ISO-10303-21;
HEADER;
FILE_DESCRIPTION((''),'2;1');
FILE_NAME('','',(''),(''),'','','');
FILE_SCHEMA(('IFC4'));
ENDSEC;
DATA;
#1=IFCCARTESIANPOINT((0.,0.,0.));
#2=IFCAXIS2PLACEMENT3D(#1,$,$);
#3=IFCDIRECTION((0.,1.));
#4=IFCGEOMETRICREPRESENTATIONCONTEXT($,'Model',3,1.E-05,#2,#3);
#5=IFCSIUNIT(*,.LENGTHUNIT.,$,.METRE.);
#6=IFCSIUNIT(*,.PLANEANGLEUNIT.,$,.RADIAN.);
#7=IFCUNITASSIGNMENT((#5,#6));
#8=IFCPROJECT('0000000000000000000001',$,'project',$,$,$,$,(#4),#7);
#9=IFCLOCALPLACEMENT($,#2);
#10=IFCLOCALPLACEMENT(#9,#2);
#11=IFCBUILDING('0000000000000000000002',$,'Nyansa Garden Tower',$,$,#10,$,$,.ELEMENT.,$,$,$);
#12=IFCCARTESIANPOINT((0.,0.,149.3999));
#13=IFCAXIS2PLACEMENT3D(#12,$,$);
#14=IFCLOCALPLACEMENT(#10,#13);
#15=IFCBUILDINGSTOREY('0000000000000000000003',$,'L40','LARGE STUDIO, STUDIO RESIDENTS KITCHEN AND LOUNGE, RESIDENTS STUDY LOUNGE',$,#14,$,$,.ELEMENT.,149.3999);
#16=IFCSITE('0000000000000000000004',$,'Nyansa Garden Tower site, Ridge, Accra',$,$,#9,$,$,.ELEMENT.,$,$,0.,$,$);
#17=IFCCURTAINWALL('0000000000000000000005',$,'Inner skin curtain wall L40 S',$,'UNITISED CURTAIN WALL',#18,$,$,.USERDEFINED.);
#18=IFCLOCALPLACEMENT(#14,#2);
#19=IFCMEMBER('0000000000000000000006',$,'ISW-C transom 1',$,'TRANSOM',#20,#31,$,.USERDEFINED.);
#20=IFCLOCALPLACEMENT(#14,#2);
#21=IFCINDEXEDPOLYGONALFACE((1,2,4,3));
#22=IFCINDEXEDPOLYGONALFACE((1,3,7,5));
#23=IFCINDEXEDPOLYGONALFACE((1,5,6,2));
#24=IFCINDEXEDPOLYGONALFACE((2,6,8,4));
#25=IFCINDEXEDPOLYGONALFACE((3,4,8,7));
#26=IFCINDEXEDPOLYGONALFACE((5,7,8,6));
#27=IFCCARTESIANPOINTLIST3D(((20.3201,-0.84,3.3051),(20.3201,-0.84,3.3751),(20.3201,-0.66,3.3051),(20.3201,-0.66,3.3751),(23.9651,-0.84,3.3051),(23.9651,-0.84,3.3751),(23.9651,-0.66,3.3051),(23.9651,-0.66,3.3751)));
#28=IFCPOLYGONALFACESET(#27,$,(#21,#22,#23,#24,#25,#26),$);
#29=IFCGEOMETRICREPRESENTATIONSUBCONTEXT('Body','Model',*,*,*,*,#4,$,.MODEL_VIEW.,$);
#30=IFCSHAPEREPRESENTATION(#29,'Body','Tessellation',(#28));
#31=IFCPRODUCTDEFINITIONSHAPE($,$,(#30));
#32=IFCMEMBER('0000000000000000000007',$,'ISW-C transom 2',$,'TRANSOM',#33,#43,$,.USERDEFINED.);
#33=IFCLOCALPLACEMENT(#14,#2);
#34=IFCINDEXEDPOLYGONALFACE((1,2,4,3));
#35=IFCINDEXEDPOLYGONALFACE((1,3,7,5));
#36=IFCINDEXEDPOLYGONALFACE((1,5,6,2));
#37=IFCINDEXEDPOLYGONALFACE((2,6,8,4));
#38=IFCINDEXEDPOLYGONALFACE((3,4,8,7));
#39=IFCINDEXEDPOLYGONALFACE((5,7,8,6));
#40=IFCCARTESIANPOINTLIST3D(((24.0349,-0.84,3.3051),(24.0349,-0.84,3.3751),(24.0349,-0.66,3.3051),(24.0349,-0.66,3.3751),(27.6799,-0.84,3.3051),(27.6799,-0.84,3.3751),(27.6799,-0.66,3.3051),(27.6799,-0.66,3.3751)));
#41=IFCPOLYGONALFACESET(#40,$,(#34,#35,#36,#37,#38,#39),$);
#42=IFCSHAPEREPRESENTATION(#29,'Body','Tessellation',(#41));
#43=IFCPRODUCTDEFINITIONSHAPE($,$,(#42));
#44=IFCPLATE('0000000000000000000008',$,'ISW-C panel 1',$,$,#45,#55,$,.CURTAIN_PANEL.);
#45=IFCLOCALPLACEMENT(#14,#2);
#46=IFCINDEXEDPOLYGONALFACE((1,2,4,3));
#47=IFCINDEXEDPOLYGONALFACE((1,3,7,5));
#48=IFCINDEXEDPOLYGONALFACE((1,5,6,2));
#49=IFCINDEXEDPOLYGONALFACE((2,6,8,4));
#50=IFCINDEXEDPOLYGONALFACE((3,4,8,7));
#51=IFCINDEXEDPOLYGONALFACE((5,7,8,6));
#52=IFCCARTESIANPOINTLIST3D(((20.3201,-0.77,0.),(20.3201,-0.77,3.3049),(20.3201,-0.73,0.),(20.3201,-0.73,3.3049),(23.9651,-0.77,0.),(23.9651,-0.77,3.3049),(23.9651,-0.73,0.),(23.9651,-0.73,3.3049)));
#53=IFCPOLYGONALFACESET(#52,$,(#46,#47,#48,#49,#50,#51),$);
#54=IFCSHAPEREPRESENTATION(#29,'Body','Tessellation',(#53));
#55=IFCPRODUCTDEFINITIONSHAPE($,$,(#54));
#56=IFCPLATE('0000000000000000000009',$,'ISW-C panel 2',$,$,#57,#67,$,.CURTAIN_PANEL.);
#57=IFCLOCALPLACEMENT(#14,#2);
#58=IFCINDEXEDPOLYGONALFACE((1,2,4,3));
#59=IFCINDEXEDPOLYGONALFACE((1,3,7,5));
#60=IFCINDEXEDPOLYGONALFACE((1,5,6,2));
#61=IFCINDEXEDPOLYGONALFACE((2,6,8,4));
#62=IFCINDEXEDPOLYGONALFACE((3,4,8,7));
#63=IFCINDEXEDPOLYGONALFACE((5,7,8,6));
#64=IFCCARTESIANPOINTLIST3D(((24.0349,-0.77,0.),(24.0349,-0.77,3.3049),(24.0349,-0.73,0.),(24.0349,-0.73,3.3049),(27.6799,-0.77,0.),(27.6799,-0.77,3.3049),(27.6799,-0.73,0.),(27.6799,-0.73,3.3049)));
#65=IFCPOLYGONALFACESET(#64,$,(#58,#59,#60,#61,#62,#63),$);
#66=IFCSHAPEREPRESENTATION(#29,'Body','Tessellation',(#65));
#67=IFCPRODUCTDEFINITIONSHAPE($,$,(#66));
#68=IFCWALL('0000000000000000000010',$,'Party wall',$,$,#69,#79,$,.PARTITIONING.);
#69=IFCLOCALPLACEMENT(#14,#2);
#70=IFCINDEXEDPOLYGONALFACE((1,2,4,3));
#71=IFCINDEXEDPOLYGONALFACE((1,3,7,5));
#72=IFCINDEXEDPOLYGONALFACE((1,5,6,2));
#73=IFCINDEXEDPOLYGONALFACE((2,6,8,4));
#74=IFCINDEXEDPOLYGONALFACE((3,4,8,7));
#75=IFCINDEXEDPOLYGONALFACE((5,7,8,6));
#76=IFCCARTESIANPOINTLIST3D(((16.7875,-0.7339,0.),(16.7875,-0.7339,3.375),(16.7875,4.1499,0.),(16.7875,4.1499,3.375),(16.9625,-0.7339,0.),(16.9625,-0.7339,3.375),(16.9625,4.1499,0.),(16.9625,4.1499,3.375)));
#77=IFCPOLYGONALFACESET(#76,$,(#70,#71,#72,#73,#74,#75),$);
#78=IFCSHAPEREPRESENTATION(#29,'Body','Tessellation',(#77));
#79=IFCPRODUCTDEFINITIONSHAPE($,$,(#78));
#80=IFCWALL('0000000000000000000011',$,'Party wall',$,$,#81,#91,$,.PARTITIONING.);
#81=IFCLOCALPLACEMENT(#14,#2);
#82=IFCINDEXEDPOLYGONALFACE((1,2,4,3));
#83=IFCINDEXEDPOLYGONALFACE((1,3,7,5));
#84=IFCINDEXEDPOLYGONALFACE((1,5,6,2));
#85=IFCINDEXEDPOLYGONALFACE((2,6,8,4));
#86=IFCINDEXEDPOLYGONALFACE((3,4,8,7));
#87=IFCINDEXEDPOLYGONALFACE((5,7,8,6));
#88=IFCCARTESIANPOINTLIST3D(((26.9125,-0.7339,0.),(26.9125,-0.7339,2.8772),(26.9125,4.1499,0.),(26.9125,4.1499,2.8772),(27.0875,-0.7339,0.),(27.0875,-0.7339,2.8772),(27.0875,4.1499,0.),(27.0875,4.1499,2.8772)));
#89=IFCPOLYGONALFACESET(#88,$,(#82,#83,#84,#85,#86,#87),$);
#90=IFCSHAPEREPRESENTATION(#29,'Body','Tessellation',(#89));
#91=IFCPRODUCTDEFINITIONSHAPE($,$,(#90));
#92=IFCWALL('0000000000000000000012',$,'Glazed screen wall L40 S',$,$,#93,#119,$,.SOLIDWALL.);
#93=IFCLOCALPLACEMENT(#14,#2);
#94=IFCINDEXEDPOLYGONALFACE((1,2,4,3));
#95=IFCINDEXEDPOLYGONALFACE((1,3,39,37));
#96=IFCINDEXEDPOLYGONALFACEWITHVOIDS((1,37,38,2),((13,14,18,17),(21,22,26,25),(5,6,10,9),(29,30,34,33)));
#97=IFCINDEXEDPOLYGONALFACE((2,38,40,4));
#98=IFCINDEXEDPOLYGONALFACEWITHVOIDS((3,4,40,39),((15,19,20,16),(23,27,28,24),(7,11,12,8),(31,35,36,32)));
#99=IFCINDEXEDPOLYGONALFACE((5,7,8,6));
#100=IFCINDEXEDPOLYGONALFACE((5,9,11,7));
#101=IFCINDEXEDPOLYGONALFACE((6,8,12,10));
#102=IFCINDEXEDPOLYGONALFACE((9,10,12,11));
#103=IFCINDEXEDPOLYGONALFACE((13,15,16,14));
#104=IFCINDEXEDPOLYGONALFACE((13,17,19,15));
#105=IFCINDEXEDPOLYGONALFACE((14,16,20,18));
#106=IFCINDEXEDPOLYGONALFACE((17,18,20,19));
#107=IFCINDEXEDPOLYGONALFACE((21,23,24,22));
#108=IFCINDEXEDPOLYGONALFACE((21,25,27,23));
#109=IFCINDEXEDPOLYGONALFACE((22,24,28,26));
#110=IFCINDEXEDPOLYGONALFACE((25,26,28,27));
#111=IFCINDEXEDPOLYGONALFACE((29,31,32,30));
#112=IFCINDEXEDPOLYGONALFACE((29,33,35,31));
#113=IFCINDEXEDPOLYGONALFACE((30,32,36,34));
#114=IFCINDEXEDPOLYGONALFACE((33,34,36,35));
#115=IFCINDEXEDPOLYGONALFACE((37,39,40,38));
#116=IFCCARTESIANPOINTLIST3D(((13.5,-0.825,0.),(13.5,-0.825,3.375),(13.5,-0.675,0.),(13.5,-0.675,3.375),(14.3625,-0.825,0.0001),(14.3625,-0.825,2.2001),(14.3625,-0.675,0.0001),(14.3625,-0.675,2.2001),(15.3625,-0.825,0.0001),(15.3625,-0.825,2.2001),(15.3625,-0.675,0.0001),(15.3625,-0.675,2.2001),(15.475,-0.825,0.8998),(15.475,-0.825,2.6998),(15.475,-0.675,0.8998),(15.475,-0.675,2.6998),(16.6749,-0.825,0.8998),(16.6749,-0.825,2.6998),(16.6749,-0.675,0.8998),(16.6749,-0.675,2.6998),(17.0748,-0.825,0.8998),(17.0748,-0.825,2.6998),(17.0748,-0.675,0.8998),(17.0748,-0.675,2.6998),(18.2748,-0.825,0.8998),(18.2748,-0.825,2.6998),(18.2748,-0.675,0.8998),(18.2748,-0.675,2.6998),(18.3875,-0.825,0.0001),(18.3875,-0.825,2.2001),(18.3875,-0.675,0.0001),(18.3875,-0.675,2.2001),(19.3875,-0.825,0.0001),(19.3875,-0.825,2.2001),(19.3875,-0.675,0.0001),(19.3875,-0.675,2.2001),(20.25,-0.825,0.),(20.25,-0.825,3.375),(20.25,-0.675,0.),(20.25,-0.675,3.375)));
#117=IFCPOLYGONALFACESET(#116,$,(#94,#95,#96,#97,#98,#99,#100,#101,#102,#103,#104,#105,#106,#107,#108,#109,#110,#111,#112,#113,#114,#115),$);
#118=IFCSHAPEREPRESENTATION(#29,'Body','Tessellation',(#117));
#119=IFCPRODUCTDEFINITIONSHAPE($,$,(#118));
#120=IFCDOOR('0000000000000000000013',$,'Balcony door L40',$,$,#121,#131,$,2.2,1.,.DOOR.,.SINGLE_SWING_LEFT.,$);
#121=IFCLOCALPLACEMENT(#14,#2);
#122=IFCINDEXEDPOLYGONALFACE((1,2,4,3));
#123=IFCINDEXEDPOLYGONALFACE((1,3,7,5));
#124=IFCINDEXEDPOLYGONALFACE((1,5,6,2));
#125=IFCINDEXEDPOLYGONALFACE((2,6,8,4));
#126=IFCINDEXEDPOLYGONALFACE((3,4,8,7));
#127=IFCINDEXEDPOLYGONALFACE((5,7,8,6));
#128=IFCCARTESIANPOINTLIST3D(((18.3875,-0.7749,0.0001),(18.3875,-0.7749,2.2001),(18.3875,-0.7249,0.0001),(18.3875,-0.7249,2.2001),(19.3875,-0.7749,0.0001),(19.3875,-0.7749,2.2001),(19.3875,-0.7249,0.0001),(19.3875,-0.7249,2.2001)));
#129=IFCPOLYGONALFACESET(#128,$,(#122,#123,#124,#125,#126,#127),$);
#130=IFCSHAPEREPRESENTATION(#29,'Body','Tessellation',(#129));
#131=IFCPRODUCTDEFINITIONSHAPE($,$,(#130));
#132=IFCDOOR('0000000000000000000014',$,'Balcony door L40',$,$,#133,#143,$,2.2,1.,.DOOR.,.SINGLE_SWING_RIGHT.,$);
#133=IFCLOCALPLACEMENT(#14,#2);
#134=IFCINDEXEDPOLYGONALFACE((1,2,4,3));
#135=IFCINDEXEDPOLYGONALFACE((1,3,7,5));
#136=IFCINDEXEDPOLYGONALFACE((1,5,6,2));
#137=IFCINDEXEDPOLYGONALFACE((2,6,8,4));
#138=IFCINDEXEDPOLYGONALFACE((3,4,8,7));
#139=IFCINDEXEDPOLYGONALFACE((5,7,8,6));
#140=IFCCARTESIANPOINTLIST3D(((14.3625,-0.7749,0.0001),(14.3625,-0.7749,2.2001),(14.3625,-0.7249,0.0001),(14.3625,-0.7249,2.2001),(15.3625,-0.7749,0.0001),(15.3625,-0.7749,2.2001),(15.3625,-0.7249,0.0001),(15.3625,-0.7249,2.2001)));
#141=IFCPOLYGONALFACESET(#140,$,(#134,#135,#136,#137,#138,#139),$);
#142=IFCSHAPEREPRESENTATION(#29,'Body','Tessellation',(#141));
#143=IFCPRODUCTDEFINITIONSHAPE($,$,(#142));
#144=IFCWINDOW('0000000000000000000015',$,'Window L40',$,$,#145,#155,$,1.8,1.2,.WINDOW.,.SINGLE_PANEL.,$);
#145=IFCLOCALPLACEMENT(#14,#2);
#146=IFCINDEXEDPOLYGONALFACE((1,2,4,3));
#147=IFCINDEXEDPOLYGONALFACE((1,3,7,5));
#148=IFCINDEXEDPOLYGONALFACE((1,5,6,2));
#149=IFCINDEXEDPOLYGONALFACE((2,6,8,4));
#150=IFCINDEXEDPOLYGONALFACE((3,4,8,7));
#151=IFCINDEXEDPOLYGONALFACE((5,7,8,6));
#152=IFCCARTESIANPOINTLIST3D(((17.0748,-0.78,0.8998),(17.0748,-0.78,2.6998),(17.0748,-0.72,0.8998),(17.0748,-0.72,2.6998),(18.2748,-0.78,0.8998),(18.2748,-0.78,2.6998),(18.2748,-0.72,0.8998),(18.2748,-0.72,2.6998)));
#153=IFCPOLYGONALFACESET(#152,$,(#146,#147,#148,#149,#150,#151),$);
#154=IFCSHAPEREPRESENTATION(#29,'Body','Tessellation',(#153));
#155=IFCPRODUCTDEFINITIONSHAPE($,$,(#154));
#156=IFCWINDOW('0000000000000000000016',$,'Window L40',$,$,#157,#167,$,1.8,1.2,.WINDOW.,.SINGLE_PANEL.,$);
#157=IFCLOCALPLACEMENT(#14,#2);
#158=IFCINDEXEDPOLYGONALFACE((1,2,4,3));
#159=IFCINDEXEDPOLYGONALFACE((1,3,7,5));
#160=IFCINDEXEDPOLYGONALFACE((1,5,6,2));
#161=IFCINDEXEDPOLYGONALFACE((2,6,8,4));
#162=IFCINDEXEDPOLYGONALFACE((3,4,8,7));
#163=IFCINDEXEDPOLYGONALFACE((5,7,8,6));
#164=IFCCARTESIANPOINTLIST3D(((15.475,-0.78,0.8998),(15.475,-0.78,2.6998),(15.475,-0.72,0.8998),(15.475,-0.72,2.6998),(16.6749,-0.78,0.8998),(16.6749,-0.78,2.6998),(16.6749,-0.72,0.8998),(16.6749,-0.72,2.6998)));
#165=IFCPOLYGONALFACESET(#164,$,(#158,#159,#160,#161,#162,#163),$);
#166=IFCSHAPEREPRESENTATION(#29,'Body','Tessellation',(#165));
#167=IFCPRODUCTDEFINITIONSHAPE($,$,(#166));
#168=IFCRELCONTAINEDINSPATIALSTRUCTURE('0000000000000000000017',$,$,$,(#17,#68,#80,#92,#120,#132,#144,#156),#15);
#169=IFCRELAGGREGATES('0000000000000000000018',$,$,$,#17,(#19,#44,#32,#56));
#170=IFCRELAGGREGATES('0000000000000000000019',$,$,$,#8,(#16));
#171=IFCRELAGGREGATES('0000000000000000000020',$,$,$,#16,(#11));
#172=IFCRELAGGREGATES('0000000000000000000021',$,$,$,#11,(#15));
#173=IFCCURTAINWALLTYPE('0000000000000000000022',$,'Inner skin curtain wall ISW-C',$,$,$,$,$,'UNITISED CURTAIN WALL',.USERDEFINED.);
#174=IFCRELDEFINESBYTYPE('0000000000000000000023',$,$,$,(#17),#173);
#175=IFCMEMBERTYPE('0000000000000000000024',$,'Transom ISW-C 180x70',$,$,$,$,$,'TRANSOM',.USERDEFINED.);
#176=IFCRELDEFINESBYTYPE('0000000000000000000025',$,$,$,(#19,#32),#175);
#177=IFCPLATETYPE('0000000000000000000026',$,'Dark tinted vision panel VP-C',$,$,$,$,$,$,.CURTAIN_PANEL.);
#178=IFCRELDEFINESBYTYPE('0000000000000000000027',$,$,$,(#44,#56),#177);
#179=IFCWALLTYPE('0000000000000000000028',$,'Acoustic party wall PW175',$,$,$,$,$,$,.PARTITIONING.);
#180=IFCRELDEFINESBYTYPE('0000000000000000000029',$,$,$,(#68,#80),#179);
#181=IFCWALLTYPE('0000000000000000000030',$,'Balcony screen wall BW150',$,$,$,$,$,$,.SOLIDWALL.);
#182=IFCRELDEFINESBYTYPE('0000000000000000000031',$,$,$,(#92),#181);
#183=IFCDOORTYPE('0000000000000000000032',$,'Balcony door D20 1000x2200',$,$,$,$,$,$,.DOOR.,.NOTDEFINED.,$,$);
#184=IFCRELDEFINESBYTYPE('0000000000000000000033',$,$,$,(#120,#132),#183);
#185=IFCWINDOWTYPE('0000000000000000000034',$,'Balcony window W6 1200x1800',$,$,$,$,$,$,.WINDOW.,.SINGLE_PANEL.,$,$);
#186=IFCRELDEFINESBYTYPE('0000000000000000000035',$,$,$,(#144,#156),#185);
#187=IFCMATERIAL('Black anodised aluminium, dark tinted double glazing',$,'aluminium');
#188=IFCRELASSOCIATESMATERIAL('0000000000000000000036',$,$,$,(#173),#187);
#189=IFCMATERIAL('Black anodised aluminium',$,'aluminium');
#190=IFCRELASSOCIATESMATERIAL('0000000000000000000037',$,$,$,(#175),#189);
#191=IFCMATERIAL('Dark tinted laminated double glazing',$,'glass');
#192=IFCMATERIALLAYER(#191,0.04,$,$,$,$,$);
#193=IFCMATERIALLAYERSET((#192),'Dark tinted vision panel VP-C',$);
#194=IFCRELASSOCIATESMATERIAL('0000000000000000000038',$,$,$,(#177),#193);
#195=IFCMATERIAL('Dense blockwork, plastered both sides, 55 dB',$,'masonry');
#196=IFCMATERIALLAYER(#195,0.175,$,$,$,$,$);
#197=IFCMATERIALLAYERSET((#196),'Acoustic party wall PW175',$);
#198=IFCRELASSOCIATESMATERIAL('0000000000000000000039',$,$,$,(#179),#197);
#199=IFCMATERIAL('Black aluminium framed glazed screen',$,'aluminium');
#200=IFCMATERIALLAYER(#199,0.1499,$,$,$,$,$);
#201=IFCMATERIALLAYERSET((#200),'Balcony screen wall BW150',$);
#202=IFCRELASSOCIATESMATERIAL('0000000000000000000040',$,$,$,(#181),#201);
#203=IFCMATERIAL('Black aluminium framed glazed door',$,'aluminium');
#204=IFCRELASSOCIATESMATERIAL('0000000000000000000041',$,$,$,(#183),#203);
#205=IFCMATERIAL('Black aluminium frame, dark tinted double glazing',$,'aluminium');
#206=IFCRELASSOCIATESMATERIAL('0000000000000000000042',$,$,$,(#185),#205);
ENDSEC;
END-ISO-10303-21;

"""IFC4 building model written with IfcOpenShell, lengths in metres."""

from ifc_helpers import new_model, si_unit, direction, frame, frame_2d, origin, origin_2d, place, context, subcontext, project, spatial, rectangle, extrude, material, layer, layer_set, material_profile, profile_set, type_object, element, fill, aggregate, save


model = new_model("IFC4")

# Units and contexts
model_context = context("Model", 3, precision=1e-05, world=origin(), true_north=direction((0.0, 1.0)))
body_context = subcontext(model_context, "Body", "Model", "MODEL_VIEW")
ifc_project = project(units=[si_unit("LENGTHUNIT", "METRE"), si_unit("PLANEANGLEUNIT", "RADIAN")], contexts=[model_context])

# Site, building, storey
site_placement = place(None, origin())
site = spatial("IfcSite", under=ifc_project, at=site_placement, Name="Nyansa Garden Tower site, Ridge, Accra", CompositionType="ELEMENT", RefElevation=0.0)
building_placement = place(site_placement, origin())
building = spatial("IfcBuilding", under=site, at=building_placement, Name="Nyansa Garden Tower", CompositionType="ELEMENT")
storey_placement = place(building_placement, frame((0.0, 0.0, 149.3999)))
storey = spatial("IfcBuildingStorey", under=building, at=storey_placement, Name="L40", Description="LARGE STUDIO, STUDIO RESIDENTS KITCHEN AND LOUNGE, RESIDENTS STUDY LOUNGE", CompositionType="ELEMENT", Elevation=149.3999)

# Curtain wall
ifc_material_1 = material(Name="Black anodised aluminium, dark tinted double glazing", Category="aluminium")
curtain_wall_type = type_object("IfcCurtainWallType", Name="Inner skin curtain wall ISW-C", ElementType="UNITISED CURTAIN WALL", PredefinedType="USERDEFINED", material=ifc_material_1)
curtain_wall_placement = place(storey_placement, origin())
curtain_wall = element("IfcCurtainWall", 1, at=curtain_wall_placement, inside=storey, type_object=curtain_wall_type, Name="Inner skin curtain wall L40 S", ObjectType="UNITISED CURTAIN WALL", PredefinedType="USERDEFINED")

# Members
ifc_material_2 = material(Name="Black anodised aluminium", Category="aluminium")
ifc_material_profile_1 = material_profile(ifc_material_2, rectangle(XDim=0.1799, YDim=0.0701, at=origin_2d()), Name="Transom 180x70")
ifc_profile_set_1 = profile_set([ifc_material_profile_1], Name="Black anodised aluminium")
member_type_1 = type_object("IfcMemberType", Name="Transom ISW-C 180x70", ElementType="TRANSOM", PredefinedType="USERDEFINED", material=ifc_profile_set_1)
member_1_placement = place(storey_placement, frame((20.3201, -0.75, 3.3401), z_axis=(1.0, 0.0, 0.0), x_axis=(0.0, 1.0, 0.0)))
member_1 = element("IfcMember", 2, at=member_1_placement, type_object=member_type_1, Name="ISW-C transom 1", ObjectType="TRANSOM", PredefinedType="USERDEFINED", context=body_context, shape_type="SweptSolid", body=[
    extrude(rectangle(XDim=0.1799, YDim=0.0701, at=origin_2d()), origin(), (0.0, 0.0, 1.0), 3.645),
])
member_2_placement = place(storey_placement, frame((24.0349, -0.75, 3.3401), z_axis=(1.0, 0.0, 0.0), x_axis=(0.0, 1.0, 0.0)))
member_2 = element("IfcMember", 3, at=member_2_placement, type_object=member_type_1, Name="ISW-C transom 2", ObjectType="TRANSOM", PredefinedType="USERDEFINED", context=body_context, shape_type="SweptSolid", body=[
    extrude(rectangle(XDim=0.1799, YDim=0.0701, at=origin_2d()), origin(), (0.0, 0.0, 1.0), 3.645),
])

# Plates
ifc_material_3 = material(Name="Dark tinted laminated double glazing", Category="glass")
ifc_layer_1 = layer(ifc_material_3, 0.04)
ifc_layer_set_1 = layer_set([ifc_layer_1], Name="Dark tinted vision panel VP-C")
plate_type = type_object("IfcPlateType", Name="Dark tinted vision panel VP-C", PredefinedType="CURTAIN_PANEL", material=ifc_layer_set_1)
plate_1_placement = place(storey_placement, frame((22.1426, -0.75, 0.0), z_axis=(0.0, 0.0, 1.0), x_axis=(1.0, 0.0, 0.0)))
plate_1 = element("IfcPlate", 4, at=plate_1_placement, type_object=plate_type, Name="ISW-C panel 1", PredefinedType="CURTAIN_PANEL", context=body_context, shape_type="SweptSolid", body=[
    extrude(rectangle(XDim=3.645, YDim=0.04, at=origin_2d()), origin(), (0.0, 0.0, 1.0), 3.3049),
])
plate_2_placement = place(storey_placement, frame((25.8574, -0.75, 0.0), z_axis=(0.0, 0.0, 1.0), x_axis=(1.0, 0.0, 0.0)))
plate_2 = element("IfcPlate", 5, at=plate_2_placement, type_object=plate_type, Name="ISW-C panel 2", PredefinedType="CURTAIN_PANEL", context=body_context, shape_type="SweptSolid", body=[
    extrude(rectangle(XDim=3.645, YDim=0.04, at=origin_2d()), origin(), (0.0, 0.0, 1.0), 3.3049),
])
aggregate(curtain_wall, [member_1, plate_1, member_2, plate_2])

# Walls
ifc_material_4 = material(Name="Dense blockwork, plastered both sides, 55 dB", Category="masonry")
ifc_layer_2 = layer(ifc_material_4, 0.175)
ifc_layer_set_2 = layer_set([ifc_layer_2], Name="Acoustic party wall PW175")
wall_type_1 = type_object("IfcWallType", Name="Acoustic party wall PW175", PredefinedType="PARTITIONING", material=ifc_layer_set_2)
wall_1_placement = place(storey_placement, frame((16.875, -0.7339, 0.0), z_axis=(0.0, 0.0, 1.0), x_axis=(0.0, 1.0, 0.0)))
element("IfcWall", 6, at=wall_1_placement, inside=storey, type_object=wall_type_1, Name="Party wall", PredefinedType="PARTITIONING", context=body_context, shape_type="SweptSolid", body=[
    extrude(rectangle(XDim=4.8838, YDim=0.175, at=frame_2d((2.4419, 0.0))), origin(), (0.0, 0.0, 1.0), 3.375),
])
wall_2_placement = place(storey_placement, frame((27.0, -0.7339, 0.0), z_axis=(0.0, 0.0, 1.0), x_axis=(0.0, 1.0, 0.0)))
element("IfcWall", 7, at=wall_2_placement, inside=storey, type_object=wall_type_1, Name="Party wall", PredefinedType="PARTITIONING", context=body_context, shape_type="SweptSolid", body=[
    extrude(rectangle(XDim=4.8838, YDim=0.175, at=frame_2d((2.4419, 0.0))), origin(), (0.0, 0.0, 1.0), 2.8772),
])

# Wall, openings, doors, windows
ifc_material_5 = material(Name="Black aluminium framed glazed screen", Category="aluminium")
ifc_layer_3 = layer(ifc_material_5, 0.1499)
ifc_layer_set_3 = layer_set([ifc_layer_3], Name="Balcony screen wall BW150")
wall_type_2 = type_object("IfcWallType", Name="Balcony screen wall BW150", PredefinedType="SOLIDWALL", material=ifc_layer_set_3)
wall_3_placement = place(storey_placement, frame((20.25, -0.75, 0.0), z_axis=(0.0, 0.0, 1.0), x_axis=(-1.0, 0.0, 0.0)))
wall_3 = element("IfcWall", 8, at=wall_3_placement, inside=storey, type_object=wall_type_2, Name="Glazed screen wall L40 S", PredefinedType="SOLIDWALL", context=body_context, shape_type="SweptSolid", body=[
    extrude(rectangle(XDim=6.75, YDim=0.1499, at=frame_2d((3.375, 0.0))), origin(), (0.0, 0.0, 1.0), 3.375),
])
opening_1_placement = place(wall_3_placement, frame((0.8625, 0.0, 0.0)))
opening_1 = element("IfcOpeningElement", 9, at=opening_1_placement, cuts=wall_3, PredefinedType="OPENING", context=body_context, shape_type="SweptSolid", body=[
    extrude(rectangle(XDim=1.0, YDim=2.2, at=frame_2d((0.5, 1.1001))), frame((0.0, 0.085, 0.0), z_axis=(0.0, -1.0, 0.0), x_axis=(1.0, 0.0, 0.0)), (0.0, 0.0, 1.0), 0.1699),
])
opening_2_placement = place(wall_3_placement, frame((1.9751, 0.0, 0.8999)))
opening_2 = element("IfcOpeningElement", 10, at=opening_2_placement, cuts=wall_3, PredefinedType="OPENING", context=body_context, shape_type="SweptSolid", body=[
    extrude(rectangle(XDim=1.2, YDim=1.8, at=frame_2d((0.6001, 0.8999))), frame((0.0, 0.085, 0.0), z_axis=(0.0, -1.0, 0.0), x_axis=(1.0, 0.0, 0.0)), (0.0, 0.0, 1.0), 0.1699),
])
opening_3_placement = place(wall_3_placement, frame((4.8875, 0.0, 0.0)))
opening_3 = element("IfcOpeningElement", 11, at=opening_3_placement, cuts=wall_3, PredefinedType="OPENING", context=body_context, shape_type="SweptSolid", body=[
    extrude(rectangle(XDim=1.0, YDim=2.2, at=frame_2d((0.5, 1.1001))), frame((0.0, 0.085, 0.0), z_axis=(0.0, -1.0, 0.0), x_axis=(1.0, 0.0, 0.0)), (0.0, 0.0, 1.0), 0.1699),
])
opening_4_placement = place(wall_3_placement, frame((3.575, 0.0, 0.8999)))
opening_4 = element("IfcOpeningElement", 12, at=opening_4_placement, cuts=wall_3, PredefinedType="OPENING", context=body_context, shape_type="SweptSolid", body=[
    extrude(rectangle(XDim=1.2, YDim=1.8, at=frame_2d((0.6001, 0.8999))), frame((0.0, 0.085, 0.0), z_axis=(0.0, -1.0, 0.0), x_axis=(1.0, 0.0, 0.0)), (0.0, 0.0, 1.0), 0.1699),
])
ifc_material_6 = material(Name="Black aluminium framed glazed door", Category="aluminium")
door_type = type_object("IfcDoorType", Name="Balcony door D20 1000x2200", OperationType="NOTDEFINED", PredefinedType="DOOR", material=ifc_material_6)
door_1_placement = place(opening_1_placement, origin())
door_1 = element("IfcDoor", 13, at=door_1_placement, inside=storey, type_object=door_type, Name="Balcony door L40", OperationType="SINGLE_SWING_LEFT", OverallHeight=2.2, OverallWidth=1.0, PredefinedType="DOOR", context=body_context, shape_type="SweptSolid", body=[
    extrude(rectangle(XDim=1.0, YDim=2.2, at=frame_2d((0.5, 1.1001))), frame((0.0, 0.0249, 0.0), z_axis=(0.0, -1.0, 0.0), x_axis=(1.0, 0.0, 0.0)), (0.0, 0.0, 1.0), 0.05),
])
fill(opening_1, door_1)
door_2_placement = place(opening_3_placement, origin())
door_2 = element("IfcDoor", 14, at=door_2_placement, inside=storey, type_object=door_type, Name="Balcony door L40", OperationType="SINGLE_SWING_RIGHT", OverallHeight=2.2, OverallWidth=1.0, PredefinedType="DOOR", context=body_context, shape_type="SweptSolid", body=[
    extrude(rectangle(XDim=1.0, YDim=2.2, at=frame_2d((0.5, 1.1001))), frame((0.0, 0.0249, 0.0), z_axis=(0.0, -1.0, 0.0), x_axis=(1.0, 0.0, 0.0)), (0.0, 0.0, 1.0), 0.05),
])
fill(opening_3, door_2)
ifc_material_7 = material(Name="Black aluminium frame, dark tinted double glazing", Category="aluminium")
window_type = type_object("IfcWindowType", Name="Balcony window W6 1200x1800", PartitioningType="SINGLE_PANEL", PredefinedType="WINDOW", material=ifc_material_7)
window_1_placement = place(opening_2_placement, origin())
window_1 = element("IfcWindow", 15, at=window_1_placement, inside=storey, type_object=window_type, Name="Window L40", OverallHeight=1.8, OverallWidth=1.2, PartitioningType="SINGLE_PANEL", PredefinedType="WINDOW", context=body_context, shape_type="SweptSolid", body=[
    extrude(rectangle(XDim=1.2, YDim=1.8, at=frame_2d((0.6001, 0.8999))), frame((0.0, 0.03, 0.0), z_axis=(0.0, -1.0, 0.0), x_axis=(1.0, 0.0, 0.0)), (0.0, 0.0, 1.0), 0.0601),
])
fill(opening_2, window_1)
window_2_placement = place(opening_4_placement, origin())
window_2 = element("IfcWindow", 16, at=window_2_placement, inside=storey, type_object=window_type, Name="Window L40", OverallHeight=1.8, OverallWidth=1.2, PartitioningType="SINGLE_PANEL", PredefinedType="WINDOW", context=body_context, shape_type="SweptSolid", body=[
    extrude(rectangle(XDim=1.2, YDim=1.8, at=frame_2d((0.6001, 0.8999))), frame((0.0, 0.03, 0.0), z_axis=(0.0, -1.0, 0.0), x_axis=(1.0, 0.0, 0.0)), (0.0, 0.0, 1.0), 0.0601),
])
fill(opening_4, window_2)

save(model, "model.ifc")
